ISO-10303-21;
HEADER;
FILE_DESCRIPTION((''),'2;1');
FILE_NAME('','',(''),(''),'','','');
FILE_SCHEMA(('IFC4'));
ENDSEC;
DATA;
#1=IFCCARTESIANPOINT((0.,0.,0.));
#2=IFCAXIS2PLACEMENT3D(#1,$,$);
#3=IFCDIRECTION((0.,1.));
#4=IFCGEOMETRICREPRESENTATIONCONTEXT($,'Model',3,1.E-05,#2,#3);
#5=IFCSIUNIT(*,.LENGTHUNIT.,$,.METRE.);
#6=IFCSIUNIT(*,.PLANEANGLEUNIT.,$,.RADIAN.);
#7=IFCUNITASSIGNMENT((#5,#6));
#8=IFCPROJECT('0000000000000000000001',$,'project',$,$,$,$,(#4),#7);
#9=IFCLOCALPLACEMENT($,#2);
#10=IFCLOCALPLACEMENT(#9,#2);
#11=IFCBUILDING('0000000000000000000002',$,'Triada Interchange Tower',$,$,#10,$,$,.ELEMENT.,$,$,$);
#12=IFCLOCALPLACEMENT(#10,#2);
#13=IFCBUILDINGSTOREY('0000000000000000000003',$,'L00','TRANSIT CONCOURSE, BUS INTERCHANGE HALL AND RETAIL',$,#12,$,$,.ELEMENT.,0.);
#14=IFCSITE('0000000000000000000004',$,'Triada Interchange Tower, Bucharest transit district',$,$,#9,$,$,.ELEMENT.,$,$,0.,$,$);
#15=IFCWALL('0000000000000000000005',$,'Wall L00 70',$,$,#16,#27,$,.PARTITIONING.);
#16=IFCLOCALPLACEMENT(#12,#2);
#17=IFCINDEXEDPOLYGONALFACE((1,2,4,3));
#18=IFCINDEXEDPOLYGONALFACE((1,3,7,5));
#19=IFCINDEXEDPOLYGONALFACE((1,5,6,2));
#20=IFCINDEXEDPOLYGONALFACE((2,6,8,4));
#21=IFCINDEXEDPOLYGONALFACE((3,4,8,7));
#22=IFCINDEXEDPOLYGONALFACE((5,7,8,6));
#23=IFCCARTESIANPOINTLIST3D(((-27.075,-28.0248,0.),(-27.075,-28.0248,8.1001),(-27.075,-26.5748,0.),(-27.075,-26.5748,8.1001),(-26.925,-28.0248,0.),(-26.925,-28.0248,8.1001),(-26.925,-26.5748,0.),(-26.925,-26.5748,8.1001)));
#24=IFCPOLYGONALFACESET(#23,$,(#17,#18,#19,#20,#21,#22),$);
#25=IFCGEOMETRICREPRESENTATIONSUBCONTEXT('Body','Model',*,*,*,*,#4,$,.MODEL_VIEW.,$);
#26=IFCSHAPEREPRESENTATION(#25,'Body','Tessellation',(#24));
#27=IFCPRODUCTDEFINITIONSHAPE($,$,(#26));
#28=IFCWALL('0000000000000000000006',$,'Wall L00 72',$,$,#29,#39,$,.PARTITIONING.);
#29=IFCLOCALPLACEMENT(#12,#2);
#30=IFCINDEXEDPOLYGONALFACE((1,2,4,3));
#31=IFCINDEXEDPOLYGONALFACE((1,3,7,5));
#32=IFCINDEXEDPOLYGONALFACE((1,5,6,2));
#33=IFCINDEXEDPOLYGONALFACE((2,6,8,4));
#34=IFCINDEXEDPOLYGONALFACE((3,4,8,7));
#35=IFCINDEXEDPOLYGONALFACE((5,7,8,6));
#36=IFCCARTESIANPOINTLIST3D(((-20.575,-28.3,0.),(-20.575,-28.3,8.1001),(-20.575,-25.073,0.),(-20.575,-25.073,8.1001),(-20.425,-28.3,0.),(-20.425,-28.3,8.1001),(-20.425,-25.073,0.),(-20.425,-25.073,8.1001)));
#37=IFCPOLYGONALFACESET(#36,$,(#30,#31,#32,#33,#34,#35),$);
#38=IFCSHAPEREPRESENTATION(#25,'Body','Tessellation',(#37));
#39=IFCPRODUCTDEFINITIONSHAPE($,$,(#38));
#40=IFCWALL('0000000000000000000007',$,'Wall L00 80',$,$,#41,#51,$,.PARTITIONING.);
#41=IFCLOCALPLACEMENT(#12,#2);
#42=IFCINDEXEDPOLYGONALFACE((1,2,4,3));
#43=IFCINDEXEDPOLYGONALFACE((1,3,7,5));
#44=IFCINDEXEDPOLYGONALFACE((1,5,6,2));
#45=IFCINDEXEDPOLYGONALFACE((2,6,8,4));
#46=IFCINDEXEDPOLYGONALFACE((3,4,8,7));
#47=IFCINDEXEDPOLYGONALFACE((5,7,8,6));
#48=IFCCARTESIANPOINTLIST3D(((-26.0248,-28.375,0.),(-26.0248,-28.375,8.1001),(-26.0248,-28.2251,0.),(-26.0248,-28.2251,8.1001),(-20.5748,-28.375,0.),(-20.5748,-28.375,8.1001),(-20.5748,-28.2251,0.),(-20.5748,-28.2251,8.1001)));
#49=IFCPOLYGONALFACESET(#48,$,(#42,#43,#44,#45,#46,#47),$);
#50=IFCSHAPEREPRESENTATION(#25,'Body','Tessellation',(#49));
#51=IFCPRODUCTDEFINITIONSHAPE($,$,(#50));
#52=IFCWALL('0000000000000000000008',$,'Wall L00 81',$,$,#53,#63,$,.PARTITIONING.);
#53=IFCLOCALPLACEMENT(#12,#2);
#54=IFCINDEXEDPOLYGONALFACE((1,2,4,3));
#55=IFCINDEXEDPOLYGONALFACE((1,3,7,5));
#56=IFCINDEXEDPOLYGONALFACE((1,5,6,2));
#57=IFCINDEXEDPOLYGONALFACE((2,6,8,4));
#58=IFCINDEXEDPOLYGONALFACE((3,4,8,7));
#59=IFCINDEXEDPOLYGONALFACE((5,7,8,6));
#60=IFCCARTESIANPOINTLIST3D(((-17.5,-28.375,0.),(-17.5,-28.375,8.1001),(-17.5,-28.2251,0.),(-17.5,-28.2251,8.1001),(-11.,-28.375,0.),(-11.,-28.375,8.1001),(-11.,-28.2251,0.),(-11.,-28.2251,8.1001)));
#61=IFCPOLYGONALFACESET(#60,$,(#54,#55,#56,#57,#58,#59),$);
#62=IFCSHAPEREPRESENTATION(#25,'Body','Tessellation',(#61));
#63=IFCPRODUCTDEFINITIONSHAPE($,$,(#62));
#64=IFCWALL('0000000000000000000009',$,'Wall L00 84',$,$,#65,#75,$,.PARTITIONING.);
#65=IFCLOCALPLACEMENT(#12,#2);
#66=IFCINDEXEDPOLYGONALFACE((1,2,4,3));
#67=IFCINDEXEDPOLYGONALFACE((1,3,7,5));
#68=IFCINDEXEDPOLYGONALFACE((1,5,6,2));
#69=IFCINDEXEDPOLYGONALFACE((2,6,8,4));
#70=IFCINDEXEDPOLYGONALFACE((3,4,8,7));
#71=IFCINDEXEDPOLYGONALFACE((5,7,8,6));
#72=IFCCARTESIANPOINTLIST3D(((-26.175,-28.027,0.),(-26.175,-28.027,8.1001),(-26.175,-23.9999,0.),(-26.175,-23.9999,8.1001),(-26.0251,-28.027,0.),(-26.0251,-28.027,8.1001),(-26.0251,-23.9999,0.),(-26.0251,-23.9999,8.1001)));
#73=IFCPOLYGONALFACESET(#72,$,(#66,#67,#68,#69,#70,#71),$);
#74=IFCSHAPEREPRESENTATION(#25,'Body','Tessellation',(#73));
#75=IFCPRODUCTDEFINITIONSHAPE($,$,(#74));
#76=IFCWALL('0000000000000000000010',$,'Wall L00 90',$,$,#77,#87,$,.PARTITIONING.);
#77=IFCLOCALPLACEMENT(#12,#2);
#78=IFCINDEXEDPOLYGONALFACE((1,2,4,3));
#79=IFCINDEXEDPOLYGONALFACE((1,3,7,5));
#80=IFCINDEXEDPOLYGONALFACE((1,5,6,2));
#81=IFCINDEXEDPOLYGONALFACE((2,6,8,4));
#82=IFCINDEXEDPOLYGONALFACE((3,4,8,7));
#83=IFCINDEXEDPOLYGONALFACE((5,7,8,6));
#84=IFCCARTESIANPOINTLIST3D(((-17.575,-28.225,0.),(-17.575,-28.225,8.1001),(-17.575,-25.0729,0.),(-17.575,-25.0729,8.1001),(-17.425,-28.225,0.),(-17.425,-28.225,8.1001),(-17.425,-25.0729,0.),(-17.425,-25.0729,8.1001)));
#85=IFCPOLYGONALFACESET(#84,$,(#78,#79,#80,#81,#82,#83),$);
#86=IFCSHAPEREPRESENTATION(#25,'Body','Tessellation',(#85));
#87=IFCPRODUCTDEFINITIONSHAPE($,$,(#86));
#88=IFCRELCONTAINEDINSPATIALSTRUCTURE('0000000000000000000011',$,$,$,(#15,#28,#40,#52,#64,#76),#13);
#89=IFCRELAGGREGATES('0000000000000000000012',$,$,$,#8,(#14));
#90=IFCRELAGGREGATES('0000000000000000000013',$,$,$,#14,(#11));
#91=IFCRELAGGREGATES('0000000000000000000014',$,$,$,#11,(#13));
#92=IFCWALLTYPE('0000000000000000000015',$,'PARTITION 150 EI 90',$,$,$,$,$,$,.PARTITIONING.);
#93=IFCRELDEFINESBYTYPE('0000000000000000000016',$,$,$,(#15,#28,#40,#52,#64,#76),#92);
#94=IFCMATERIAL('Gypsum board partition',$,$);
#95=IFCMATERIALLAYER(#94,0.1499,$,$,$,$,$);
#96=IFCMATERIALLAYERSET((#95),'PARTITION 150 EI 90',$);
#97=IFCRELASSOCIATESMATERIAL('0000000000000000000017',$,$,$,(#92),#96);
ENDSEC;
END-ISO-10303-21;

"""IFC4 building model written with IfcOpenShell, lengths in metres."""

from ifc_helpers import new_model, si_unit, direction, frame, frame_2d, origin, place, context, subcontext, project, spatial, rectangle, extrude, material, layer, layer_set, type_object, element, save


model = new_model("IFC4")

# Units and contexts
model_context = context("Model", 3, precision=1e-05, world=origin(), true_north=direction((0.0, 1.0)))
body_context = subcontext(model_context, "Body", "Model", "MODEL_VIEW")
ifc_project = project(units=[si_unit("LENGTHUNIT", "METRE"), si_unit("PLANEANGLEUNIT", "RADIAN")], contexts=[model_context])

# Site, building, storey
site_placement = place(None, origin())
site = spatial("IfcSite", under=ifc_project, at=site_placement, Name="Triada Interchange Tower, Bucharest transit district", CompositionType="ELEMENT", RefElevation=0.0)
building_placement = place(site_placement, origin())
building = spatial("IfcBuilding", under=site, at=building_placement, Name="Triada Interchange Tower", CompositionType="ELEMENT")
storey_placement = place(building_placement, origin())
storey = spatial("IfcBuildingStorey", under=building, at=storey_placement, Name="L00", Description="TRANSIT CONCOURSE, BUS INTERCHANGE HALL AND RETAIL", CompositionType="ELEMENT", Elevation=0.0)

# Shared definitions
ifc_material_1 = material(Name="Gypsum board partition")

# Shared definitions
ifc_layer_1 = layer(ifc_material_1, 0.1499)
ifc_layer_set_1 = layer_set([ifc_layer_1], Name="PARTITION 150 EI 90")
wall_type_1 = type_object("IfcWallType", Name="PARTITION 150 EI 90", PredefinedType="PARTITIONING", material=ifc_layer_set_1)

# Walls
wall_1_placement = place(storey_placement, frame((-27.0, -28.0249, 0.0), z_axis=(0.0, 0.0, 1.0), x_axis=(0.0, 1.0, 0.0)))
element("IfcWall", 1, at=wall_1_placement, inside=storey, type_object=wall_type_1, Name="Wall L00 70", PredefinedType="PARTITIONING", context=body_context, shape_type="SweptSolid", body=[
    extrude(rectangle(XDim=1.45, YDim=0.1499, at=frame_2d((0.7251, 0.0))), origin(), (0.0, 0.0, 1.0), 8.1001),
])
wall_2_placement = place(storey_placement, frame((-20.5, -28.3, 0.0), z_axis=(0.0, 0.0, 1.0), x_axis=(0.0, 1.0, 0.0)))
element("IfcWall", 2, at=wall_2_placement, inside=storey, type_object=wall_type_1, Name="Wall L00 72", PredefinedType="PARTITIONING", context=body_context, shape_type="SweptSolid", body=[
    extrude(rectangle(XDim=3.2271, YDim=0.1499, at=frame_2d((1.6135, 0.0))), origin(), (0.0, 0.0, 1.0), 8.1001),
])
wall_3_placement = place(storey_placement, frame((-26.0249, -28.3, 0.0), z_axis=(0.0, 0.0, 1.0), x_axis=(1.0, 0.0, 0.0)))
element("IfcWall", 3, at=wall_3_placement, inside=storey, type_object=wall_type_1, Name="Wall L00 80", PredefinedType="PARTITIONING", context=body_context, shape_type="SweptSolid", body=[
    extrude(rectangle(XDim=5.45, YDim=0.1499, at=frame_2d((2.7251, 0.0))), origin(), (0.0, 0.0, 1.0), 8.1001),
])
wall_4_placement = place(storey_placement, frame((-17.5, -28.3, 0.0), z_axis=(0.0, 0.0, 1.0), x_axis=(1.0, 0.0, 0.0)))
element("IfcWall", 4, at=wall_4_placement, inside=storey, type_object=wall_type_1, Name="Wall L00 81", PredefinedType="PARTITIONING", context=body_context, shape_type="SweptSolid", body=[
    extrude(rectangle(XDim=6.5, YDim=0.1499, at=frame_2d((3.25, 0.0))), origin(), (0.0, 0.0, 1.0), 8.1001),
])
wall_5_placement = place(storey_placement, frame((-26.1001, -28.0271, 0.0), z_axis=(0.0, 0.0, 1.0), x_axis=(0.0, 1.0, 0.0)))
element("IfcWall", 5, at=wall_5_placement, inside=storey, type_object=wall_type_1, Name="Wall L00 84", PredefinedType="PARTITIONING", context=body_context, shape_type="SweptSolid", body=[
    extrude(rectangle(XDim=4.0271, YDim=0.1499, at=frame_2d((2.0137, 0.0))), origin(), (0.0, 0.0, 1.0), 8.1001),
])
wall_6_placement = place(storey_placement, frame((-17.5, -28.2251, 0.0), z_axis=(0.0, 0.0, 1.0), x_axis=(0.0, 1.0, 0.0)))
element("IfcWall", 6, at=wall_6_placement, inside=storey, type_object=wall_type_1, Name="Wall L00 90", PredefinedType="PARTITIONING", context=body_context, shape_type="SweptSolid", body=[
    extrude(rectangle(XDim=3.1521, YDim=0.1499, at=frame_2d((1.5762, 0.0))), origin(), (0.0, 0.0, 1.0), 8.1001),
])

save(model, "model.ifc")
